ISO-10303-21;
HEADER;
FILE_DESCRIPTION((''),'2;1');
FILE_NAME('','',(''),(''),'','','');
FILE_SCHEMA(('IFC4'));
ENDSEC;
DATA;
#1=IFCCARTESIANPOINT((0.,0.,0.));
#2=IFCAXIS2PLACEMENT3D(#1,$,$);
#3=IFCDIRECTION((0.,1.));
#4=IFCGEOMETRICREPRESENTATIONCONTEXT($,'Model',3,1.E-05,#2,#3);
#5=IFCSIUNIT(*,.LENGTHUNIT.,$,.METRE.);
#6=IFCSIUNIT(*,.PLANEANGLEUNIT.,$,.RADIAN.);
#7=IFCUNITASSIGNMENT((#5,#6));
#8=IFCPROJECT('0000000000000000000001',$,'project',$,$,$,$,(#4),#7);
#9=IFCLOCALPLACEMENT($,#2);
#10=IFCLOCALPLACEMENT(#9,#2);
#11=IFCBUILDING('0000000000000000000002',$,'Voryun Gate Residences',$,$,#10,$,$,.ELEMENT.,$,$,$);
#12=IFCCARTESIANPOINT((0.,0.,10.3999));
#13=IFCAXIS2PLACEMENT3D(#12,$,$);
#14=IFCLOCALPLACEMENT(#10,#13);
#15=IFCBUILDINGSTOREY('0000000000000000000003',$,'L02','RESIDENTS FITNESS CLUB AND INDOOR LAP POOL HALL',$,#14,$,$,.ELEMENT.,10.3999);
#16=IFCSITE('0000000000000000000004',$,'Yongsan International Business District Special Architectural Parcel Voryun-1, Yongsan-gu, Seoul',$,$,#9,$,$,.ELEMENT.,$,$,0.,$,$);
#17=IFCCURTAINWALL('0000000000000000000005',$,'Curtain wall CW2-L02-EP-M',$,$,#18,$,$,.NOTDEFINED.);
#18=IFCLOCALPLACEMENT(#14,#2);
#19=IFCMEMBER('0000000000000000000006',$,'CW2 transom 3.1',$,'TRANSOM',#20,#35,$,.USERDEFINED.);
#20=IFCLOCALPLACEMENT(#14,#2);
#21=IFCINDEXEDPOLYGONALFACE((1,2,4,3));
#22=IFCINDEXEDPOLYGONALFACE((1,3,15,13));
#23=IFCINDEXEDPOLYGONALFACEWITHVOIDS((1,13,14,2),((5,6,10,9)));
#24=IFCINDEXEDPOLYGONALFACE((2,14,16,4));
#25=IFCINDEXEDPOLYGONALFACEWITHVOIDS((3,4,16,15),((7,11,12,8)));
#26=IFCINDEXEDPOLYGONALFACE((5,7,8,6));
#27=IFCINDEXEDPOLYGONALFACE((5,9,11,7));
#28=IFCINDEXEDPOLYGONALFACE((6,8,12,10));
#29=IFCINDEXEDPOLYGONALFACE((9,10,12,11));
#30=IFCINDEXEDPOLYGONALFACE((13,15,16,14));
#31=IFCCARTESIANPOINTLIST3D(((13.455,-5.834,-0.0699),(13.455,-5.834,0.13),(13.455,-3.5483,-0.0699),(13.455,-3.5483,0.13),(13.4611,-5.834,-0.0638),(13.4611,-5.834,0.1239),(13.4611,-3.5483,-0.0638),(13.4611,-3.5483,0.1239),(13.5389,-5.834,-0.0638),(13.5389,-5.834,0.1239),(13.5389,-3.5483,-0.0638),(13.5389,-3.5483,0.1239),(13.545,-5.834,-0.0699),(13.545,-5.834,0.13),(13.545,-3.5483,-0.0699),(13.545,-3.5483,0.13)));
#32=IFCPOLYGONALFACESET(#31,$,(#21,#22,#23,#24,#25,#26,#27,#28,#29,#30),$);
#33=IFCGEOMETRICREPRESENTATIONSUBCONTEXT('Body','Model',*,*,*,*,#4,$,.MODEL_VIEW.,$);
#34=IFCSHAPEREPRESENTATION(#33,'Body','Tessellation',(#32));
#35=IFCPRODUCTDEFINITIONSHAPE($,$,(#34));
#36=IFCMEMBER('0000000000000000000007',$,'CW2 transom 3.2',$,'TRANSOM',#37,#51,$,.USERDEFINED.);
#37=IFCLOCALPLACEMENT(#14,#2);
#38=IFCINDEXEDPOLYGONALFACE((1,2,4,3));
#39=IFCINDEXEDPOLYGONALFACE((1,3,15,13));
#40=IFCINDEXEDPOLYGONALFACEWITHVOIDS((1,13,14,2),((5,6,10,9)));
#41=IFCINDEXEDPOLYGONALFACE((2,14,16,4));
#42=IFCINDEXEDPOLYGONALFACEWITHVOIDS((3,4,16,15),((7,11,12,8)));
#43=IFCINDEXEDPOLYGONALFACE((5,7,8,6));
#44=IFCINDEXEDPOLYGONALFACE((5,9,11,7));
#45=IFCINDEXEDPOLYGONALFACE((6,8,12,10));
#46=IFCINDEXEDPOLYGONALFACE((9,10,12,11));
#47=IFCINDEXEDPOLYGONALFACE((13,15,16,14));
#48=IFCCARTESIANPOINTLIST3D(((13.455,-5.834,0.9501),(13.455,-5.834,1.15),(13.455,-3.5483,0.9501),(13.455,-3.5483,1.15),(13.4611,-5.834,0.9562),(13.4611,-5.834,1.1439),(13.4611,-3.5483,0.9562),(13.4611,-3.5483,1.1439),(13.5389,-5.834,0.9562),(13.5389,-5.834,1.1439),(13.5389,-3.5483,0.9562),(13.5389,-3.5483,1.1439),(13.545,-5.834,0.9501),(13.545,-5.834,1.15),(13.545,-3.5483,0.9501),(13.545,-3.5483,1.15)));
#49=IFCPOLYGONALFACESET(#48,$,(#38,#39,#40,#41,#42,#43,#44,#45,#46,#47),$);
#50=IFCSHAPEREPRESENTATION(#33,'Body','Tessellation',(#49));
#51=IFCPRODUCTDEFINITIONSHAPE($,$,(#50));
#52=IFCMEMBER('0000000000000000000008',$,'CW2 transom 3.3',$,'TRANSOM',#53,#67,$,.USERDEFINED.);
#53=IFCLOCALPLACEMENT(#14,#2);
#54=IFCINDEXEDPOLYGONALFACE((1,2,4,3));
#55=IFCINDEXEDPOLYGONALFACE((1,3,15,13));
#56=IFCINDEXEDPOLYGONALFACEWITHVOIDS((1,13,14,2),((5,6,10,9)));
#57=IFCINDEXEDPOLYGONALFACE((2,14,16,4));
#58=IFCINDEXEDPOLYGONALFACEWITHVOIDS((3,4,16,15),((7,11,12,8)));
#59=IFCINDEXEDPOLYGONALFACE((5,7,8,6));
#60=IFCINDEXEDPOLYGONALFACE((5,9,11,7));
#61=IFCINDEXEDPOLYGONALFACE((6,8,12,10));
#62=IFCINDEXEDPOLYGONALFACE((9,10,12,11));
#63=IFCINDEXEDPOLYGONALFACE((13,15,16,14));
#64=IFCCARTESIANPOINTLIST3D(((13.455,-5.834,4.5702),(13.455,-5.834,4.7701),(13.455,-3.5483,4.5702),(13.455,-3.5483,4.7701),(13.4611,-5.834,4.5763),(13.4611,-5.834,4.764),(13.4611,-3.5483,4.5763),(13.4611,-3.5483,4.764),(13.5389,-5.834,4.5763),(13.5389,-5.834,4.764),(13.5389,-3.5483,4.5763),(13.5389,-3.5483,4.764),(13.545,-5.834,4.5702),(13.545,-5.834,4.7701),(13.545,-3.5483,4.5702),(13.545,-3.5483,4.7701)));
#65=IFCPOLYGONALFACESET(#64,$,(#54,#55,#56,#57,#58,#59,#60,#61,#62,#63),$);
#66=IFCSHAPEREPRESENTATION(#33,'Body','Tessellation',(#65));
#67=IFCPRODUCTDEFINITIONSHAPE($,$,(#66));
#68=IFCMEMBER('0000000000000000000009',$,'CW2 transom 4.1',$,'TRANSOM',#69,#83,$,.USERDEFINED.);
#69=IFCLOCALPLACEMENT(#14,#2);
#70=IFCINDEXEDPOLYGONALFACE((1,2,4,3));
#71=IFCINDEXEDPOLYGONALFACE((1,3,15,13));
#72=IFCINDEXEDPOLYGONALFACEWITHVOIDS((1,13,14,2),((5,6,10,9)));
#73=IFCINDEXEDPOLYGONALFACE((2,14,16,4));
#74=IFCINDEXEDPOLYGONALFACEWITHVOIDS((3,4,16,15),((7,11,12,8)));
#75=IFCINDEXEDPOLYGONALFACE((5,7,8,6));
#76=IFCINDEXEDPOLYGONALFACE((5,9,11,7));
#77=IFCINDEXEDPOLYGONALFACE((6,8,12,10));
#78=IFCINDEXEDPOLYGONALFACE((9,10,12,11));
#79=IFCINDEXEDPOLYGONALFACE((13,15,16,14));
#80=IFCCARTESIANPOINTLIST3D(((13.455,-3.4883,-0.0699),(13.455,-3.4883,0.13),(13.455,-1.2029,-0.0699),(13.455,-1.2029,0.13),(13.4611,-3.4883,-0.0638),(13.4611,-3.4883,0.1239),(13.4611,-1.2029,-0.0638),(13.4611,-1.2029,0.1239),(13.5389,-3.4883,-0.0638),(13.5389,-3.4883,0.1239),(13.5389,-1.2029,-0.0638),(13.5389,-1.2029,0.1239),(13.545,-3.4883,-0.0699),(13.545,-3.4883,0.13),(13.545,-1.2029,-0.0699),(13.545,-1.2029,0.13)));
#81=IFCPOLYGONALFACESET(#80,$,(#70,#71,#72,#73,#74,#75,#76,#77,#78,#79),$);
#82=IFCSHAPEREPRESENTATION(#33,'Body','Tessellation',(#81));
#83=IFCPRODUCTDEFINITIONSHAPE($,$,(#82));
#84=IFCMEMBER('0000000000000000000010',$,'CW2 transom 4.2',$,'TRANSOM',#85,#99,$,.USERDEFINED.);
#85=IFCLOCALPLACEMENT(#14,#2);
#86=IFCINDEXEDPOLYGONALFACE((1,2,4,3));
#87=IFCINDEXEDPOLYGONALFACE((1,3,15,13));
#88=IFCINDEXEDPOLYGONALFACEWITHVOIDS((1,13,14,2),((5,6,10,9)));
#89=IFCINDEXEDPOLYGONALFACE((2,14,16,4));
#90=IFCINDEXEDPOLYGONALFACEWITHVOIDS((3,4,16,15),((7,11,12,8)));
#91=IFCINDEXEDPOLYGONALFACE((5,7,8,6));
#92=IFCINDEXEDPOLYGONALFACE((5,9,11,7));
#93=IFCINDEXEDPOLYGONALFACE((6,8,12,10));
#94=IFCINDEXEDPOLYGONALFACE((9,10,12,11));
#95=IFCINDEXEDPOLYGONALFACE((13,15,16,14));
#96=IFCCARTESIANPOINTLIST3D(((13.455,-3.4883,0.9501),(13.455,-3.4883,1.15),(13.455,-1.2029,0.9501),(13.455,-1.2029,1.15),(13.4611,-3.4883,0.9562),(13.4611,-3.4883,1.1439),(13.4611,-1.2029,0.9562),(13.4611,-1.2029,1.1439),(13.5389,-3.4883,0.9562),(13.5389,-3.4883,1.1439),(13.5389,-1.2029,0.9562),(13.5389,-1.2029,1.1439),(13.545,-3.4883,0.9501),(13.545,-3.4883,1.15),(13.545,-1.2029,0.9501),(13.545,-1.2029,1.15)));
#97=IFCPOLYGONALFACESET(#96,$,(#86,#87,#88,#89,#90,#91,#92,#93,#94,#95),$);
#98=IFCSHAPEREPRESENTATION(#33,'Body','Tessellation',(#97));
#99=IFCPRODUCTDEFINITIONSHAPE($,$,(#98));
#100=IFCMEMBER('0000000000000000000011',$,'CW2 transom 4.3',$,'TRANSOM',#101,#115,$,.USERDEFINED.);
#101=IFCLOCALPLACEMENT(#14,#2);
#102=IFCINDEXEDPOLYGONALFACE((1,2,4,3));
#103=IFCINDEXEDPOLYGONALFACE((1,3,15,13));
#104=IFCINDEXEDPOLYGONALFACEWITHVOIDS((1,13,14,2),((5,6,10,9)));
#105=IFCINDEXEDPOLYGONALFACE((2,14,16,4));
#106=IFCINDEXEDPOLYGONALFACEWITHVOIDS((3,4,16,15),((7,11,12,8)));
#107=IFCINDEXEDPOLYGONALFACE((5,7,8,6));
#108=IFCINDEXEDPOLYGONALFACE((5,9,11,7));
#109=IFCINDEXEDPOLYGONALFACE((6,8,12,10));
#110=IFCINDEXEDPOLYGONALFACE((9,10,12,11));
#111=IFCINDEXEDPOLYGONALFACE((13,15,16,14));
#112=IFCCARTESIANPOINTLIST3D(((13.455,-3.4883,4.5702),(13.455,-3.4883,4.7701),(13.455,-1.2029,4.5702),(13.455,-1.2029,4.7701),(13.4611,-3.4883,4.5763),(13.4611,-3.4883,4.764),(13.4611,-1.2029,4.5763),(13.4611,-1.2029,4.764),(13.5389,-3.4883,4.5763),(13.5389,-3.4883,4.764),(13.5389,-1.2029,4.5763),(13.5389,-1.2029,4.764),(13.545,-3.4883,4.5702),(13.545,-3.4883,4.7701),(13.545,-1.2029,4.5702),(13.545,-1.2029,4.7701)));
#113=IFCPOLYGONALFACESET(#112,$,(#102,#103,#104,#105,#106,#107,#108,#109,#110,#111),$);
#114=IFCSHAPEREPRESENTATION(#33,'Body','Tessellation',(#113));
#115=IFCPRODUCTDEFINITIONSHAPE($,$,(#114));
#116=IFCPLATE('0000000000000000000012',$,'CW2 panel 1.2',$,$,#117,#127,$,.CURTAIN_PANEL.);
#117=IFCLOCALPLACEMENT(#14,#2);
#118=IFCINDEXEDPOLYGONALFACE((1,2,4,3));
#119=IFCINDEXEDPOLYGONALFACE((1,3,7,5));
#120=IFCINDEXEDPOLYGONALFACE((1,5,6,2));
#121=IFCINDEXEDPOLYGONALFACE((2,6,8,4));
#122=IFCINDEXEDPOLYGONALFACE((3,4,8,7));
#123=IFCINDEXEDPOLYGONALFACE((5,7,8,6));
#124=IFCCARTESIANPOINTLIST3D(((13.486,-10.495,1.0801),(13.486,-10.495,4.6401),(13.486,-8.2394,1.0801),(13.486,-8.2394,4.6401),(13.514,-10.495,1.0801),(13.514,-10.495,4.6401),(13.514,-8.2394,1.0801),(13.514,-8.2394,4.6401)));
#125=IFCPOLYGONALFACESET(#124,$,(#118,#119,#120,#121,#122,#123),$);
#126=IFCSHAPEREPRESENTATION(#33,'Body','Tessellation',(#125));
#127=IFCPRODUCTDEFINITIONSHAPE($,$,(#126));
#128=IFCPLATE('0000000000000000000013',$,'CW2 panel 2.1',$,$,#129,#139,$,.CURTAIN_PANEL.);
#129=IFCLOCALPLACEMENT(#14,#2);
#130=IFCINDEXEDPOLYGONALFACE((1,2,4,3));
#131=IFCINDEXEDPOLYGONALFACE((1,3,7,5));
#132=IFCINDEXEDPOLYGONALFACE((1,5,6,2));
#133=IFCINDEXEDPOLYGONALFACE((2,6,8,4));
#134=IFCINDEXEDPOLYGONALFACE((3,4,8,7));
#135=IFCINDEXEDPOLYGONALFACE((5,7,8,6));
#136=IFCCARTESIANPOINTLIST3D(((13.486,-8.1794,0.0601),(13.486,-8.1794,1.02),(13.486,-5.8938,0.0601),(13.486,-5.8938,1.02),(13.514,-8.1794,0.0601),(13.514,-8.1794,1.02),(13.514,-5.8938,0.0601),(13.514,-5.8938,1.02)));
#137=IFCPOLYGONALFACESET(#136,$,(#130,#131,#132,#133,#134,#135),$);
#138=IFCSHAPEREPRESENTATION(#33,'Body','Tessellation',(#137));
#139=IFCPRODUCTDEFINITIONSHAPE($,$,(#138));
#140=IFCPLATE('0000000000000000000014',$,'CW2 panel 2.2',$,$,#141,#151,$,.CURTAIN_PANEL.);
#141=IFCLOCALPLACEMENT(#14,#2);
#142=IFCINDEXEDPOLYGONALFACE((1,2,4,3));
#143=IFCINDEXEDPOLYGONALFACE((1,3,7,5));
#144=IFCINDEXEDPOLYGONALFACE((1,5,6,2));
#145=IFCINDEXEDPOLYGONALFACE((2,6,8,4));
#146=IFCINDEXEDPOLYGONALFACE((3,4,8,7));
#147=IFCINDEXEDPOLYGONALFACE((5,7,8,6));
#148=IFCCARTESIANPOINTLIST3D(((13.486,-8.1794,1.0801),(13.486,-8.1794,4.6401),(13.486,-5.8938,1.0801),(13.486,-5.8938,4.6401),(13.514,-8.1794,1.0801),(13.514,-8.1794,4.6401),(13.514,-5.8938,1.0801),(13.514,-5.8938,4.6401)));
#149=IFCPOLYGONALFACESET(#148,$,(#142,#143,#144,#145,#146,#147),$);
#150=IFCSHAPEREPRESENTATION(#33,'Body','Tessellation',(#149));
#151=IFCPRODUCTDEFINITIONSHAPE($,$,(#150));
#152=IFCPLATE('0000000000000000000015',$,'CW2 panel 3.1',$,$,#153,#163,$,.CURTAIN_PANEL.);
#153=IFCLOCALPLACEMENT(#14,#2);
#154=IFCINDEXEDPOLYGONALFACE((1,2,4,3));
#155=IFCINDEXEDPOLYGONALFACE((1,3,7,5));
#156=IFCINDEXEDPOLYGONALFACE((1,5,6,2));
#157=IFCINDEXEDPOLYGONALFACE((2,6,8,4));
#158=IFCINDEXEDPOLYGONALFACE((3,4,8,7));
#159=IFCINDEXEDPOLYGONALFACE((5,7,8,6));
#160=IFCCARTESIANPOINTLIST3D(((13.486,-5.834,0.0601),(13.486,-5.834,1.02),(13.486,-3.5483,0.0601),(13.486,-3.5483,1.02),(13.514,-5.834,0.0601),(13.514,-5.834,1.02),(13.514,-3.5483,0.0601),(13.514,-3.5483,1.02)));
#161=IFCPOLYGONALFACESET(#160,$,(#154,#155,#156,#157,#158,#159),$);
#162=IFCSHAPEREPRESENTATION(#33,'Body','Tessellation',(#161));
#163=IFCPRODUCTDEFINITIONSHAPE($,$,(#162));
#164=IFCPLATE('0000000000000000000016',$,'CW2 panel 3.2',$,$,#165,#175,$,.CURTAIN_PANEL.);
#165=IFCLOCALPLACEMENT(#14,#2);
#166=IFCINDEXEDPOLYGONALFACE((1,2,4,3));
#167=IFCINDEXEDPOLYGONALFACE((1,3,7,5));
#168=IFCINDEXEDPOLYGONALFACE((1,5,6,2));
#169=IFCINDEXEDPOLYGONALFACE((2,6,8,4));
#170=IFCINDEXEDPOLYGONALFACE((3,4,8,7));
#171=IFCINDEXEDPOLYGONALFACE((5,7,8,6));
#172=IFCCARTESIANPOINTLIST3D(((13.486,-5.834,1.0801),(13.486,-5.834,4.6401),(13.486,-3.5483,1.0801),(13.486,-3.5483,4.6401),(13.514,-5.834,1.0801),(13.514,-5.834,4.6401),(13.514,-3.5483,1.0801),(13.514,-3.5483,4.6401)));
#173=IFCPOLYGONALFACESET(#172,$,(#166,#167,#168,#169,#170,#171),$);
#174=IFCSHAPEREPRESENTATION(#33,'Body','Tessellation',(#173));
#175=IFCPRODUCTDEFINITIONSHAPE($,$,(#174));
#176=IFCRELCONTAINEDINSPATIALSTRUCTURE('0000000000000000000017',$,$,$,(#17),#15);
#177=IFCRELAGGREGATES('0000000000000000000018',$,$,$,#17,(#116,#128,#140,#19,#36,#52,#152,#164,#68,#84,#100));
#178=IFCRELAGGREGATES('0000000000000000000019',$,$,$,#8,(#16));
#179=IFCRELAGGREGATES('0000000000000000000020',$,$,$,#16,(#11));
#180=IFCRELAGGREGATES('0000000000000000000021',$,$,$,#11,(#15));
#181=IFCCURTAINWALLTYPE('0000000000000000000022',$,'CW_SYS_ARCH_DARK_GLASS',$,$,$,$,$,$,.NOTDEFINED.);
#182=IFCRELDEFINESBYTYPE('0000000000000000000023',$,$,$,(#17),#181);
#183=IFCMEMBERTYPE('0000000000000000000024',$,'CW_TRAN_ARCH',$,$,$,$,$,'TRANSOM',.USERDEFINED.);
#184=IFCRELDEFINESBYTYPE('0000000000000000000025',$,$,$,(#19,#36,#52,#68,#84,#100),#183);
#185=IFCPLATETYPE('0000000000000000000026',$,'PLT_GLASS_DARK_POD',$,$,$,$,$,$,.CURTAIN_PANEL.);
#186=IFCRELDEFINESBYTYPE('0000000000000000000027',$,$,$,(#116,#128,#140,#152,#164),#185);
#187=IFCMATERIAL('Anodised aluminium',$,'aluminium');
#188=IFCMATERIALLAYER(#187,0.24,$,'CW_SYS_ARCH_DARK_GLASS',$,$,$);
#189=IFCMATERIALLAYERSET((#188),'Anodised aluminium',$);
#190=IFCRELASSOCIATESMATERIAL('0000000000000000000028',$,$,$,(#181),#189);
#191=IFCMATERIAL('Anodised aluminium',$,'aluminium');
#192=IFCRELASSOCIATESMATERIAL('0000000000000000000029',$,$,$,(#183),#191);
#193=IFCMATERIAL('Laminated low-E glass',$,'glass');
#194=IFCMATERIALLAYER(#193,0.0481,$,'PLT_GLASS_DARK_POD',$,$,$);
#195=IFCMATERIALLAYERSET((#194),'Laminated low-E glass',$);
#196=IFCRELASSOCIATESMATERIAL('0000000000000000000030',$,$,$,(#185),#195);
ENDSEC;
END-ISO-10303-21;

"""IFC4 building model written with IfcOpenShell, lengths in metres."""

from ifc_helpers import new_model, si_unit, direction, frame, origin, origin_2d, place, context, subcontext, project, spatial, rectangle, hollow_rectangle, extrude, material, layer, layer_set, material_profile, profile_set, type_object, element, aggregate, save


model = new_model("IFC4")

# Units and contexts
model_context = context("Model", 3, precision=1e-05, world=origin(), true_north=direction((0.0, 1.0)))
body_context = subcontext(model_context, "Body", "Model", "MODEL_VIEW")
ifc_project = project(units=[si_unit("LENGTHUNIT", "METRE"), si_unit("PLANEANGLEUNIT", "RADIAN")], contexts=[model_context])

# Site, building, storey
site_placement = place(None, origin())
site = spatial("IfcSite", under=ifc_project, at=site_placement, Name="Yongsan International Business District Special Architectural Parcel Voryun-1, Yongsan-gu, Seoul", CompositionType="ELEMENT", RefElevation=0.0)
building_placement = place(site_placement, origin())
building = spatial("IfcBuilding", under=site, at=building_placement, Name="Voryun Gate Residences", CompositionType="ELEMENT")
storey_placement = place(building_placement, frame((0.0, 0.0, 10.3999)))
storey = spatial("IfcBuildingStorey", under=building, at=storey_placement, Name="L02", Description="RESIDENTS FITNESS CLUB AND INDOOR LAP POOL HALL", CompositionType="ELEMENT", Elevation=10.3999)

# Curtain wall, members, plates
ifc_material_1 = material(Name="Anodised aluminium", Category="aluminium")
ifc_layer_1 = layer(ifc_material_1, 0.24, Name="CW_SYS_ARCH_DARK_GLASS")
ifc_layer_set_1 = layer_set([ifc_layer_1], Name="Anodised aluminium")
curtain_wall_type = type_object("IfcCurtainWallType", Name="CW_SYS_ARCH_DARK_GLASS", PredefinedType="NOTDEFINED", material=ifc_layer_set_1)
curtain_wall_placement = place(storey_placement, origin())
curtain_wall = element("IfcCurtainWall", 1, at=curtain_wall_placement, inside=storey, type_object=curtain_wall_type, Name="Curtain wall CW2-L02-EP-M", PredefinedType="NOTDEFINED")
ifc_material_2 = material(Name="Anodised aluminium", Category="aluminium")
ifc_material_profile_1 = material_profile(ifc_material_2, hollow_rectangle(XDim=0.0901, YDim=0.2, WallThickness=0.0061, at=origin_2d()), Name="ALU-TRAN-200x90x6")
ifc_profile_set_1 = profile_set([ifc_material_profile_1], Name="Anodised aluminium")
member_type_1 = type_object("IfcMemberType", Name="CW_TRAN_ARCH", ElementType="TRANSOM", PredefinedType="USERDEFINED", material=ifc_profile_set_1)
member_1_placement = place(storey_placement, frame((13.5, -5.834, 0.03), z_axis=(0.0, 1.0, 0.0), x_axis=(-1.0, 0.0, 0.0)))
member_1 = element("IfcMember", 2, at=member_1_placement, type_object=member_type_1, Name="CW2 transom 3.1", ObjectType="TRANSOM", PredefinedType="USERDEFINED", context=body_context, shape_type="SweptSolid", body=[
    extrude(hollow_rectangle(XDim=0.0901, YDim=0.2, WallThickness=0.0061, at=origin_2d()), origin(), (0.0, 0.0, 1.0), 2.2856),
])
member_2_placement = place(storey_placement, frame((13.5, -5.834, 1.05), z_axis=(0.0, 1.0, 0.0), x_axis=(-1.0, 0.0, 0.0)))
member_2 = element("IfcMember", 3, at=member_2_placement, type_object=member_type_1, Name="CW2 transom 3.2", ObjectType="TRANSOM", PredefinedType="USERDEFINED", context=body_context, shape_type="SweptSolid", body=[
    extrude(hollow_rectangle(XDim=0.0901, YDim=0.2, WallThickness=0.0061, at=origin_2d()), origin(), (0.0, 0.0, 1.0), 2.2856),
])
member_3_placement = place(storey_placement, frame((13.5, -5.834, 4.6702), z_axis=(0.0, 1.0, 0.0), x_axis=(-1.0, 0.0, 0.0)))
member_3 = element("IfcMember", 4, at=member_3_placement, type_object=member_type_1, Name="CW2 transom 3.3", ObjectType="TRANSOM", PredefinedType="USERDEFINED", context=body_context, shape_type="SweptSolid", body=[
    extrude(hollow_rectangle(XDim=0.0901, YDim=0.2, WallThickness=0.0061, at=origin_2d()), origin(), (0.0, 0.0, 1.0), 2.2856),
])
member_4_placement = place(storey_placement, frame((13.5, -3.4883, 0.03), z_axis=(0.0, 1.0, 0.0), x_axis=(-1.0, 0.0, 0.0)))
member_4 = element("IfcMember", 5, at=member_4_placement, type_object=member_type_1, Name="CW2 transom 4.1", ObjectType="TRANSOM", PredefinedType="USERDEFINED", context=body_context, shape_type="SweptSolid", body=[
    extrude(hollow_rectangle(XDim=0.0901, YDim=0.2, WallThickness=0.0061, at=origin_2d()), origin(), (0.0, 0.0, 1.0), 2.2854),
])
member_5_placement = place(storey_placement, frame((13.5, -3.4883, 1.05), z_axis=(0.0, 1.0, 0.0), x_axis=(-1.0, 0.0, 0.0)))
member_5 = element("IfcMember", 6, at=member_5_placement, type_object=member_type_1, Name="CW2 transom 4.2", ObjectType="TRANSOM", PredefinedType="USERDEFINED", context=body_context, shape_type="SweptSolid", body=[
    extrude(hollow_rectangle(XDim=0.0901, YDim=0.2, WallThickness=0.0061, at=origin_2d()), origin(), (0.0, 0.0, 1.0), 2.2854),
])
member_6_placement = place(storey_placement, frame((13.5, -3.4883, 4.6702), z_axis=(0.0, 1.0, 0.0), x_axis=(-1.0, 0.0, 0.0)))
member_6 = element("IfcMember", 7, at=member_6_placement, type_object=member_type_1, Name="CW2 transom 4.3", ObjectType="TRANSOM", PredefinedType="USERDEFINED", context=body_context, shape_type="SweptSolid", body=[
    extrude(hollow_rectangle(XDim=0.0901, YDim=0.2, WallThickness=0.0061, at=origin_2d()), origin(), (0.0, 0.0, 1.0), 2.2854),
])
ifc_material_3 = material(Name="Laminated low-E glass", Category="glass")
ifc_layer_2 = layer(ifc_material_3, 0.0481, Name="PLT_GLASS_DARK_POD")
ifc_layer_set_2 = layer_set([ifc_layer_2], Name="Laminated low-E glass")
plate_type = type_object("IfcPlateType", Name="PLT_GLASS_DARK_POD", PredefinedType="CURTAIN_PANEL", material=ifc_layer_set_2)
plate_1_placement = place(storey_placement, frame((13.5, -9.3672, 1.0801), z_axis=(0.0, 0.0, 1.0), x_axis=(0.0, 1.0, 0.0)))
plate_1 = element("IfcPlate", 8, at=plate_1_placement, type_object=plate_type, Name="CW2 panel 1.2", PredefinedType="CURTAIN_PANEL", context=body_context, shape_type="SweptSolid", body=[
    extrude(rectangle(XDim=2.2556, YDim=0.0281, at=origin_2d()), origin(), (0.0, 0.0, 1.0), 3.5601),
])
plate_2_placement = place(storey_placement, frame((13.5, -7.0366, 0.0601), z_axis=(0.0, 0.0, 1.0), x_axis=(0.0, 1.0, 0.0)))
plate_2 = element("IfcPlate", 9, at=plate_2_placement, type_object=plate_type, Name="CW2 panel 2.1", PredefinedType="CURTAIN_PANEL", context=body_context, shape_type="SweptSolid", body=[
    extrude(rectangle(XDim=2.2856, YDim=0.0281, at=origin_2d()), origin(), (0.0, 0.0, 1.0), 0.96),
])
plate_3_placement = place(storey_placement, frame((13.5, -7.0366, 1.0801), z_axis=(0.0, 0.0, 1.0), x_axis=(0.0, 1.0, 0.0)))
plate_3 = element("IfcPlate", 10, at=plate_3_placement, type_object=plate_type, Name="CW2 panel 2.2", PredefinedType="CURTAIN_PANEL", context=body_context, shape_type="SweptSolid", body=[
    extrude(rectangle(XDim=2.2856, YDim=0.0281, at=origin_2d()), origin(), (0.0, 0.0, 1.0), 3.5601),
])
plate_4_placement = place(storey_placement, frame((13.5, -4.6912, 0.0601), z_axis=(0.0, 0.0, 1.0), x_axis=(0.0, 1.0, 0.0)))
plate_4 = element("IfcPlate", 11, at=plate_4_placement, type_object=plate_type, Name="CW2 panel 3.1", PredefinedType="CURTAIN_PANEL", context=body_context, shape_type="SweptSolid", body=[
    extrude(rectangle(XDim=2.2856, YDim=0.0281, at=origin_2d()), origin(), (0.0, 0.0, 1.0), 0.96),
])
plate_5_placement = place(storey_placement, frame((13.5, -4.6912, 1.0801), z_axis=(0.0, 0.0, 1.0), x_axis=(0.0, 1.0, 0.0)))
plate_5 = element("IfcPlate", 12, at=plate_5_placement, type_object=plate_type, Name="CW2 panel 3.2", PredefinedType="CURTAIN_PANEL", context=body_context, shape_type="SweptSolid", body=[
    extrude(rectangle(XDim=2.2856, YDim=0.0281, at=origin_2d()), origin(), (0.0, 0.0, 1.0), 3.5601),
])
aggregate(curtain_wall, [plate_1, plate_2, plate_3, member_1, member_2, member_3, plate_4, plate_5, member_4, member_5, member_6])

save(model, "model.ifc")
